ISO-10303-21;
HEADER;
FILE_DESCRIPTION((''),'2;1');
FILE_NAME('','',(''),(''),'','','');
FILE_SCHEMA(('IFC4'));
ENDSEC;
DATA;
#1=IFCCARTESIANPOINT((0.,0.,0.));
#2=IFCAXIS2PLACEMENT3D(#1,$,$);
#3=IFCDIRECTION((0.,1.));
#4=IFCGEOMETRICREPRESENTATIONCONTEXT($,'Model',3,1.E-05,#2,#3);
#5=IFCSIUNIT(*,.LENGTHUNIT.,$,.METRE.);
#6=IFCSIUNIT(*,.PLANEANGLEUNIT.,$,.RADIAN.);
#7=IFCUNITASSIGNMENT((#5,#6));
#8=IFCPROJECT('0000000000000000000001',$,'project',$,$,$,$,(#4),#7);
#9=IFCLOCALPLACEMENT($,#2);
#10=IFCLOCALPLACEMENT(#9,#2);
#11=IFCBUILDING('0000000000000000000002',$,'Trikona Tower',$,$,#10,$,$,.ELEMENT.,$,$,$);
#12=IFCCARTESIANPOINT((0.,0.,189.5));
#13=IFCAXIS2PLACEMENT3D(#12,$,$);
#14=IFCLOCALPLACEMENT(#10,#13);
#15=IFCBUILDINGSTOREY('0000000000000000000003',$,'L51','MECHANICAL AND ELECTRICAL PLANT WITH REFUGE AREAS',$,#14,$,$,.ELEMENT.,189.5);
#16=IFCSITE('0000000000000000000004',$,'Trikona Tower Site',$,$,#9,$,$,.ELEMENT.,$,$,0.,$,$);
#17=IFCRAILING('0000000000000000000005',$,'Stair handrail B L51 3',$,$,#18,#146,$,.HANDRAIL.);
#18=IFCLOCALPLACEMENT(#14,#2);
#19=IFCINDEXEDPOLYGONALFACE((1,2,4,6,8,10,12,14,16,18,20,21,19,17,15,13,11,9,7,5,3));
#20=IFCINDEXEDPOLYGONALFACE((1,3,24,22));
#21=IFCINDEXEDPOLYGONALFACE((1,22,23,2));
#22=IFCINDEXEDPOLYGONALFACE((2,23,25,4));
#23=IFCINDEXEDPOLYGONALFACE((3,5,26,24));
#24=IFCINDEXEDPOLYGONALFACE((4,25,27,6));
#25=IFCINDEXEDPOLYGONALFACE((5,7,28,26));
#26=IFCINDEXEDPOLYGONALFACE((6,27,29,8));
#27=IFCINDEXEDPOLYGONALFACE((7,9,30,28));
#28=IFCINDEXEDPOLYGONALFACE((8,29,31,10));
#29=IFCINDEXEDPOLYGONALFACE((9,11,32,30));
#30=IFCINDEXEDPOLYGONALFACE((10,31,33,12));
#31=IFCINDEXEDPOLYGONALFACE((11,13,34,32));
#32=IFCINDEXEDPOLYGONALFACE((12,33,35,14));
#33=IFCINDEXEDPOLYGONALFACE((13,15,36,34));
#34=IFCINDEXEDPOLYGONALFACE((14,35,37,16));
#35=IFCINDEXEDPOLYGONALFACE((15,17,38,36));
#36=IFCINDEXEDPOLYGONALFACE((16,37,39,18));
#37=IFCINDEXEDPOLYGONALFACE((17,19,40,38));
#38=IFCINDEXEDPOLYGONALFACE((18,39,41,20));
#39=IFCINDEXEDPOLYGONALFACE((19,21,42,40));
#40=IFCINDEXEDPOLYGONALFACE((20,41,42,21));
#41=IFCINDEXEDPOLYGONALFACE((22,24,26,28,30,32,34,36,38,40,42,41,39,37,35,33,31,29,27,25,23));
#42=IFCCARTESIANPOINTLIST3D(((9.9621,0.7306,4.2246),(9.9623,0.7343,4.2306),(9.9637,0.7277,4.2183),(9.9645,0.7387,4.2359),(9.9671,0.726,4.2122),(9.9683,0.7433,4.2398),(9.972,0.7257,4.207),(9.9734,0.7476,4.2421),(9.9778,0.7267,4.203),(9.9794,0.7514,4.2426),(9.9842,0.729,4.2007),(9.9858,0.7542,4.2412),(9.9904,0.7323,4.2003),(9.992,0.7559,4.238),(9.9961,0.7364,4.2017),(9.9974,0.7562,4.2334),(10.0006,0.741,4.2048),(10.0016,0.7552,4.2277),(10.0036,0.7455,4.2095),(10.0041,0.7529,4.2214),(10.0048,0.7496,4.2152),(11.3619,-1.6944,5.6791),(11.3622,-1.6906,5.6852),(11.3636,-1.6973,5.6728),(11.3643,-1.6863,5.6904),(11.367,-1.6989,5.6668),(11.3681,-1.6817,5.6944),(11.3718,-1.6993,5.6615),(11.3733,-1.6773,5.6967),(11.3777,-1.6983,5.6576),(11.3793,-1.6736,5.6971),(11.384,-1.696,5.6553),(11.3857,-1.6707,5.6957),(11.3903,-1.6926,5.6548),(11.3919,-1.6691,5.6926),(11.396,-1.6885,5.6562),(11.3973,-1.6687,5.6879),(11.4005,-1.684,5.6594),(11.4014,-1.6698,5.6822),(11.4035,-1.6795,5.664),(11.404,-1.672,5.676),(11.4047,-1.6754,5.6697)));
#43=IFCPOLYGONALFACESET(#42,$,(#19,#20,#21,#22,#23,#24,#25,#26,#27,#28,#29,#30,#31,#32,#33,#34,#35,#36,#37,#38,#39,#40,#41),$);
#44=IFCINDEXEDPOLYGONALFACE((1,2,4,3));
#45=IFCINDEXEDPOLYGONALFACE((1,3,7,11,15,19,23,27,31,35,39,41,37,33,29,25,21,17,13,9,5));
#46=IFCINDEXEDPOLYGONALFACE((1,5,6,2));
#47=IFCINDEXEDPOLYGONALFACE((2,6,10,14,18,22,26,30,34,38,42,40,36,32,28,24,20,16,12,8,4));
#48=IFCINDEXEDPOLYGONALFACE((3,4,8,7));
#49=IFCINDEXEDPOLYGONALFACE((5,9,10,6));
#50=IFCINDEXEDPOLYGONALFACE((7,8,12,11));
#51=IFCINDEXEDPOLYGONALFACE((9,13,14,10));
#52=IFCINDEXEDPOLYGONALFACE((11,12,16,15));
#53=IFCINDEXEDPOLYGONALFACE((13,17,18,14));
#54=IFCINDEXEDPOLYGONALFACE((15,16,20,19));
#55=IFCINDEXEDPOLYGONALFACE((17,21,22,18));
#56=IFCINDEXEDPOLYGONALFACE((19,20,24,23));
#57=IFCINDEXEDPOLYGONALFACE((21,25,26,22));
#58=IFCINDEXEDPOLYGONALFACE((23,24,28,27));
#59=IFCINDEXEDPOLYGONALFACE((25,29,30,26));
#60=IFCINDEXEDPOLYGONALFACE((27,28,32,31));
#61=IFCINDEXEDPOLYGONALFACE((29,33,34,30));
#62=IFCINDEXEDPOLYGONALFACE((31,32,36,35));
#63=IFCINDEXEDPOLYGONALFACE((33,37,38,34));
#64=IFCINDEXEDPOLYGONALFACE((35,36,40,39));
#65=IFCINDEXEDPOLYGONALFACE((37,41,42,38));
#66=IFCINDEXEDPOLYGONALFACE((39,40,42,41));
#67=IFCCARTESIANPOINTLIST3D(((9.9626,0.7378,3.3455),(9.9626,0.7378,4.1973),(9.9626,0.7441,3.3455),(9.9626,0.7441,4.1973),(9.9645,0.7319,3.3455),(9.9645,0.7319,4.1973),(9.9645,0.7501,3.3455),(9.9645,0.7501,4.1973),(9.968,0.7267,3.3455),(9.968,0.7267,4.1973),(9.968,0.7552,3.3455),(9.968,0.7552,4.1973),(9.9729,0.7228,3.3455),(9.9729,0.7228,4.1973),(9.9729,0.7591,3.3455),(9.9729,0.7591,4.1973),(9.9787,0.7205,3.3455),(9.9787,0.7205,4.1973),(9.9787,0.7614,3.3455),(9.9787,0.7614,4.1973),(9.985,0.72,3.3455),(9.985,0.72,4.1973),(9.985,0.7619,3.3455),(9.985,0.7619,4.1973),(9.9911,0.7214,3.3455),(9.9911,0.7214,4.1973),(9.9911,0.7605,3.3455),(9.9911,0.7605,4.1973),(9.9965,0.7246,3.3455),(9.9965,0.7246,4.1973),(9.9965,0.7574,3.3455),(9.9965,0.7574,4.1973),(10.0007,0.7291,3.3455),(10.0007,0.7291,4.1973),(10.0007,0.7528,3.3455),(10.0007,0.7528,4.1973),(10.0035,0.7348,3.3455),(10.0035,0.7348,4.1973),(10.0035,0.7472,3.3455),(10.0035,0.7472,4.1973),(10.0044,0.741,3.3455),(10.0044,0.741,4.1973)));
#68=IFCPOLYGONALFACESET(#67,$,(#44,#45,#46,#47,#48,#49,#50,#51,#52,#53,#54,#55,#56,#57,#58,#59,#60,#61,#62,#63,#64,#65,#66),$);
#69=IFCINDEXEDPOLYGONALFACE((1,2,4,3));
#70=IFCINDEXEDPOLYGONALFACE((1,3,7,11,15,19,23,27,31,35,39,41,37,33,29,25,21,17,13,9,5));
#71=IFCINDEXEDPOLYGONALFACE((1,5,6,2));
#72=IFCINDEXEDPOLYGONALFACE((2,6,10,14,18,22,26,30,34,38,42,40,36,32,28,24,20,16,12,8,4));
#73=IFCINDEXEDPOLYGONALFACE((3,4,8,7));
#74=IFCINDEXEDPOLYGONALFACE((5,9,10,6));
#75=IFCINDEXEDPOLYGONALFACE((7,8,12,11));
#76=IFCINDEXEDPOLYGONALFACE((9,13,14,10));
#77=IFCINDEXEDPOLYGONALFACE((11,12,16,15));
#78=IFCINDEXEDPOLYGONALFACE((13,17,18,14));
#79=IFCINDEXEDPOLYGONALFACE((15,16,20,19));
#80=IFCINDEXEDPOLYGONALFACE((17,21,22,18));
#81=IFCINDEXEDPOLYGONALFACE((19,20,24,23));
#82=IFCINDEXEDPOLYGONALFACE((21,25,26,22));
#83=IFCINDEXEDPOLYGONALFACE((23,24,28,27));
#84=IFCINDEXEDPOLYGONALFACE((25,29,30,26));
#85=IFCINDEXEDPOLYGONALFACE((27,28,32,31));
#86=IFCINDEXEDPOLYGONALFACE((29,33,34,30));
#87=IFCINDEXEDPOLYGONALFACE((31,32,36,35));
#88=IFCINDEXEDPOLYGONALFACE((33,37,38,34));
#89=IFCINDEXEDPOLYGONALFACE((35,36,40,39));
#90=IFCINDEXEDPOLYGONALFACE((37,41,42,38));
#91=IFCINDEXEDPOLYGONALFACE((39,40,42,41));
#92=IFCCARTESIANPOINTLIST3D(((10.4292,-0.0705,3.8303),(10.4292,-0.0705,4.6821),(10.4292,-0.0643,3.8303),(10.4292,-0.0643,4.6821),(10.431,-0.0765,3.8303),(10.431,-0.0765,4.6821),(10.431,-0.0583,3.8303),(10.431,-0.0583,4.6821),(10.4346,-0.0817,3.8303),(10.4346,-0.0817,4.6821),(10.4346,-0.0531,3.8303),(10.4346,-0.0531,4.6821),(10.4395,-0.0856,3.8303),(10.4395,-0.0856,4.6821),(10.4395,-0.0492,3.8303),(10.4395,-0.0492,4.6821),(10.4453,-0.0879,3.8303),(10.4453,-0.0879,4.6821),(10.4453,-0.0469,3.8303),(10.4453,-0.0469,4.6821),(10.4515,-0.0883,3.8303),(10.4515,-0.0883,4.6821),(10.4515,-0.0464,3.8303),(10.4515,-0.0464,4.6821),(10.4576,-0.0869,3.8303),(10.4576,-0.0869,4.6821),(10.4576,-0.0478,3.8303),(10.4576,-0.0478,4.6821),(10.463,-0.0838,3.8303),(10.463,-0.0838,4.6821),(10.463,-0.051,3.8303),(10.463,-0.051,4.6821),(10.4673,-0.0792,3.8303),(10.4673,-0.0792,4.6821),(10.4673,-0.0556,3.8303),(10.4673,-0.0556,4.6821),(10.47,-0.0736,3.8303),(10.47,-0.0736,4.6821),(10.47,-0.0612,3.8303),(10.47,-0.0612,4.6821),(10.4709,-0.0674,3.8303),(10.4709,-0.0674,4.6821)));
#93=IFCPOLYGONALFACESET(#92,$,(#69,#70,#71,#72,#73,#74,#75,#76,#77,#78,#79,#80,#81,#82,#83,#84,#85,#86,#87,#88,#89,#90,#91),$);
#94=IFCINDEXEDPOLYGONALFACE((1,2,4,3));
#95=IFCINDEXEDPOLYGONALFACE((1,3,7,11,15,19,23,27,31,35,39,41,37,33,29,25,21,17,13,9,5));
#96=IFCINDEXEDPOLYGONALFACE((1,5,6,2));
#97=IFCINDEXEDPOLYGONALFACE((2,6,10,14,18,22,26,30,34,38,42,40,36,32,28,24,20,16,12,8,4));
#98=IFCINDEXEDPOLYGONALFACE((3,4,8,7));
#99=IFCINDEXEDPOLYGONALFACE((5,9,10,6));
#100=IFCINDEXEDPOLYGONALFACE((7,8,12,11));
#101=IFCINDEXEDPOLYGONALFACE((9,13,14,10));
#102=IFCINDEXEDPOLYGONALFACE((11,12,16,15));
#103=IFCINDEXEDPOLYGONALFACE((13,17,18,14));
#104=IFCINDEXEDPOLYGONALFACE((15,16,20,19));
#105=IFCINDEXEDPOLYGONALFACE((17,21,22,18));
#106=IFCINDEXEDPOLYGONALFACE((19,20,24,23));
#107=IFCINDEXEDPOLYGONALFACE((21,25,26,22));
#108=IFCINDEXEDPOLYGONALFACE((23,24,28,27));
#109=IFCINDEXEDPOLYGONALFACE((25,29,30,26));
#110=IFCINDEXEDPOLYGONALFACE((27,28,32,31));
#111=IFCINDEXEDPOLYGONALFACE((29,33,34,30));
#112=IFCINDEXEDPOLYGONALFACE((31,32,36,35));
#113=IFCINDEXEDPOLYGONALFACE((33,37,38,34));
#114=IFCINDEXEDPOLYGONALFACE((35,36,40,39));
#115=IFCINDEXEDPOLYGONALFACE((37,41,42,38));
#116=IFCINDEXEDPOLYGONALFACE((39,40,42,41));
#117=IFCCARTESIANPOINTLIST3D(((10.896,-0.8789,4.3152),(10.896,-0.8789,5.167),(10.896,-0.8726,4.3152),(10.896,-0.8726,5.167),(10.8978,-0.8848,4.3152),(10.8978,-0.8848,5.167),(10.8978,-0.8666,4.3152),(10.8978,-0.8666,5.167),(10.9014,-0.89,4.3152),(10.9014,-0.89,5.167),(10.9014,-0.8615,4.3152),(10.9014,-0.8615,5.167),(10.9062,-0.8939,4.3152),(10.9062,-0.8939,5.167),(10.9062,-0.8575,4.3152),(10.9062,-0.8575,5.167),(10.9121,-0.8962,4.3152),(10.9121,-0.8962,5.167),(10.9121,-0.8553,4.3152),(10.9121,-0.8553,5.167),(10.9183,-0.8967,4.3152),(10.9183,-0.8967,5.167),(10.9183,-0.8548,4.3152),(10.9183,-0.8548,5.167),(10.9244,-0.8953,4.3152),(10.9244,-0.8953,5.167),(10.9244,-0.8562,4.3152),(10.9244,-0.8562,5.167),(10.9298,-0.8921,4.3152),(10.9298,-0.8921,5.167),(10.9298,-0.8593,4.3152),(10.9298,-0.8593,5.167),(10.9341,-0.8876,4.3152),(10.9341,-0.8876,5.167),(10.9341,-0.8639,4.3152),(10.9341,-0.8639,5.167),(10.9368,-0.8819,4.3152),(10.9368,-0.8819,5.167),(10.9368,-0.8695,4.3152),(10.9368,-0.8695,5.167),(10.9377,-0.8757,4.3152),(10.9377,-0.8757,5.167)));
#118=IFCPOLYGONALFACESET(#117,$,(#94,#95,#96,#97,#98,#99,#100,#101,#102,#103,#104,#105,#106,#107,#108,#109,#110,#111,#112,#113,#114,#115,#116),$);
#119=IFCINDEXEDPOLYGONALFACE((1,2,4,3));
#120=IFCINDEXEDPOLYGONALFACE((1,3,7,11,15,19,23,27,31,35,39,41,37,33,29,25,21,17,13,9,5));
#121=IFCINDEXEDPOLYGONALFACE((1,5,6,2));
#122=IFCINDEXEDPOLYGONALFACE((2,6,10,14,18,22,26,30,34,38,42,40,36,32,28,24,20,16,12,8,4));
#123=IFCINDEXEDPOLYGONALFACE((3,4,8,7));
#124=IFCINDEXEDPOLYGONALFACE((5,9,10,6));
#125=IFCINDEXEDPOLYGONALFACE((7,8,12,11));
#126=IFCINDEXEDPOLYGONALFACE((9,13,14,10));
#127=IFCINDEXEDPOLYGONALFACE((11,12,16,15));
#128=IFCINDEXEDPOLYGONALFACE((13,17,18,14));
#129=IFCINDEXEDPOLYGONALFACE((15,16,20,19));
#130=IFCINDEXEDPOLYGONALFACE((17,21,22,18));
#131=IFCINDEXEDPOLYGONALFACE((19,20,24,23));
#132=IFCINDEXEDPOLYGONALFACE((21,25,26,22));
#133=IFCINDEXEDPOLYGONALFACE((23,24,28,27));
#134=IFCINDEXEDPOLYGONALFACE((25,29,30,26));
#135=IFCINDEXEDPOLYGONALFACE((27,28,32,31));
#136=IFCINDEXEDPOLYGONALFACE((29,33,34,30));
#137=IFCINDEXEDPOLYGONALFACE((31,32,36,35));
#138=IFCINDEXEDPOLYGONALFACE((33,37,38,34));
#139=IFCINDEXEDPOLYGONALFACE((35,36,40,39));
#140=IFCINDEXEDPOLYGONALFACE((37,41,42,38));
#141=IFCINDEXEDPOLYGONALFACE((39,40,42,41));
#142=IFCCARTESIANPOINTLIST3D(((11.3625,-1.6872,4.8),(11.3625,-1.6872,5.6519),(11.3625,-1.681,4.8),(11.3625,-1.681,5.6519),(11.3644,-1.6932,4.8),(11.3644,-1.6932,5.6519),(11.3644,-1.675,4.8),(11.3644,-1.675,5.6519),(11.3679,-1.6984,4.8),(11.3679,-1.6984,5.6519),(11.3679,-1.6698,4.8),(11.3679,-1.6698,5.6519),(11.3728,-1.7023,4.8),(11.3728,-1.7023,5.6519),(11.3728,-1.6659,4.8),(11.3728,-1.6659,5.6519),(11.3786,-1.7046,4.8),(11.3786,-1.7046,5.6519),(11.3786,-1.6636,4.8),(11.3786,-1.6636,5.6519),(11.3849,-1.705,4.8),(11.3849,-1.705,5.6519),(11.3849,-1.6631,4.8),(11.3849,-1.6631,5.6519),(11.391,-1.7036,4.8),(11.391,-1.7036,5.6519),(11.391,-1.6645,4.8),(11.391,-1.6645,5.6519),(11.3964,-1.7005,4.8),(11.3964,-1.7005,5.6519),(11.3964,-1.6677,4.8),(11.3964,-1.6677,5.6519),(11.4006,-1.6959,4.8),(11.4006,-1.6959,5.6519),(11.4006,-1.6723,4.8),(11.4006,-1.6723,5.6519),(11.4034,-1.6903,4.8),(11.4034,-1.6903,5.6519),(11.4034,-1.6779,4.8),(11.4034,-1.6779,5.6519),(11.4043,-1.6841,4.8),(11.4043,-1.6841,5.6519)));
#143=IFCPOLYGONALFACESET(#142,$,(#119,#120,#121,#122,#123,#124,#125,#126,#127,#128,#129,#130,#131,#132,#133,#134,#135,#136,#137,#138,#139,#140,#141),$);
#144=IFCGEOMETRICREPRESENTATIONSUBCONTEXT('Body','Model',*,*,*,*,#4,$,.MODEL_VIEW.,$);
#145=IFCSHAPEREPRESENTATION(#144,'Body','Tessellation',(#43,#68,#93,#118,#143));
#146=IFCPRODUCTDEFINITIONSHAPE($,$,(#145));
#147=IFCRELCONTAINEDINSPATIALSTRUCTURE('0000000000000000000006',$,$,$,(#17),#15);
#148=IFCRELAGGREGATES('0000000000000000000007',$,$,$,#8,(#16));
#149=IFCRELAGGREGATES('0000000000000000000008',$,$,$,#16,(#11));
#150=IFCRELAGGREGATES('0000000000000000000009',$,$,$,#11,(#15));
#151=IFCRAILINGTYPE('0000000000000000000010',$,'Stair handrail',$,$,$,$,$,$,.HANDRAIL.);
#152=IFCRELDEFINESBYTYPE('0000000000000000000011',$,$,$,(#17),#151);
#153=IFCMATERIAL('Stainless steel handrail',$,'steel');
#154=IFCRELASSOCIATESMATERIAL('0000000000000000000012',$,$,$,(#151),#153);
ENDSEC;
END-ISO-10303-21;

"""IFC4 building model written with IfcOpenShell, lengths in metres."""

from ifc_helpers import new_model, si_unit, direction, frame, origin, origin_2d, place, context, subcontext, project, spatial, circle, extrude, material, type_object, element, save


model = new_model("IFC4")

# Units and contexts
model_context = context("Model", 3, precision=1e-05, world=origin(), true_north=direction((0.0, 1.0)))
body_context = subcontext(model_context, "Body", "Model", "MODEL_VIEW")
ifc_project = project(units=[si_unit("LENGTHUNIT", "METRE"), si_unit("PLANEANGLEUNIT", "RADIAN")], contexts=[model_context])

# Site, building, storey
site_placement = place(None, origin())
site = spatial("IfcSite", under=ifc_project, at=site_placement, Name="Trikona Tower Site", CompositionType="ELEMENT", RefElevation=0.0)
building_placement = place(site_placement, origin())
building = spatial("IfcBuilding", under=site, at=building_placement, Name="Trikona Tower", CompositionType="ELEMENT")
storey_placement = place(building_placement, frame((0.0, 0.0, 189.5)))
storey = spatial("IfcBuildingStorey", under=building, at=storey_placement, Name="L51", Description="MECHANICAL AND ELECTRICAL PLANT WITH REFUGE AREAS", CompositionType="ELEMENT", Elevation=189.5)

# Railing
ifc_material_1 = material(Name="Stainless steel handrail", Category="steel")
railing_type = type_object("IfcRailingType", Name="Stair handrail", PredefinedType="HANDRAIL", material=ifc_material_1)
for number, where, name in (
    (1, (9.9834, 0.741, 3.3455), "Stair handrail B L51 3"),
):
    element("IfcRailing", number, at=place(storey_placement, frame(where)), inside=storey, type_object=railing_type, Name=name, PredefinedType="HANDRAIL", context=body_context, shape_type="SweptSolid", body=[
        extrude(circle(Radius=0.0239, at=origin_2d()), frame((0.0, 0.0, 0.876), z_axis=(0.443656, -0.768544, 0.460987), x_axis=(0.866056, 0.499946, 0.0)), (0.0, 0.0, 1.0), 3.1553),
        extrude(circle(Radius=0.021, at=origin_2d()), origin(), (0.0, 0.0, 1.0), 0.8518),
        extrude(circle(Radius=0.021, at=origin_2d()), frame((0.4666, -0.8083, 0.4849)), (0.0, 0.0, 1.0), 0.8518),
        extrude(circle(Radius=0.021, at=origin_2d()), frame((0.9333, -1.6167, 0.9697)), (0.0, 0.0, 1.0), 0.8518),
        extrude(circle(Radius=0.021, at=origin_2d()), frame((1.3999, -2.425, 1.4546)), (0.0, 0.0, 1.0), 0.8518),
    ])

save(model, "model.ifc")
